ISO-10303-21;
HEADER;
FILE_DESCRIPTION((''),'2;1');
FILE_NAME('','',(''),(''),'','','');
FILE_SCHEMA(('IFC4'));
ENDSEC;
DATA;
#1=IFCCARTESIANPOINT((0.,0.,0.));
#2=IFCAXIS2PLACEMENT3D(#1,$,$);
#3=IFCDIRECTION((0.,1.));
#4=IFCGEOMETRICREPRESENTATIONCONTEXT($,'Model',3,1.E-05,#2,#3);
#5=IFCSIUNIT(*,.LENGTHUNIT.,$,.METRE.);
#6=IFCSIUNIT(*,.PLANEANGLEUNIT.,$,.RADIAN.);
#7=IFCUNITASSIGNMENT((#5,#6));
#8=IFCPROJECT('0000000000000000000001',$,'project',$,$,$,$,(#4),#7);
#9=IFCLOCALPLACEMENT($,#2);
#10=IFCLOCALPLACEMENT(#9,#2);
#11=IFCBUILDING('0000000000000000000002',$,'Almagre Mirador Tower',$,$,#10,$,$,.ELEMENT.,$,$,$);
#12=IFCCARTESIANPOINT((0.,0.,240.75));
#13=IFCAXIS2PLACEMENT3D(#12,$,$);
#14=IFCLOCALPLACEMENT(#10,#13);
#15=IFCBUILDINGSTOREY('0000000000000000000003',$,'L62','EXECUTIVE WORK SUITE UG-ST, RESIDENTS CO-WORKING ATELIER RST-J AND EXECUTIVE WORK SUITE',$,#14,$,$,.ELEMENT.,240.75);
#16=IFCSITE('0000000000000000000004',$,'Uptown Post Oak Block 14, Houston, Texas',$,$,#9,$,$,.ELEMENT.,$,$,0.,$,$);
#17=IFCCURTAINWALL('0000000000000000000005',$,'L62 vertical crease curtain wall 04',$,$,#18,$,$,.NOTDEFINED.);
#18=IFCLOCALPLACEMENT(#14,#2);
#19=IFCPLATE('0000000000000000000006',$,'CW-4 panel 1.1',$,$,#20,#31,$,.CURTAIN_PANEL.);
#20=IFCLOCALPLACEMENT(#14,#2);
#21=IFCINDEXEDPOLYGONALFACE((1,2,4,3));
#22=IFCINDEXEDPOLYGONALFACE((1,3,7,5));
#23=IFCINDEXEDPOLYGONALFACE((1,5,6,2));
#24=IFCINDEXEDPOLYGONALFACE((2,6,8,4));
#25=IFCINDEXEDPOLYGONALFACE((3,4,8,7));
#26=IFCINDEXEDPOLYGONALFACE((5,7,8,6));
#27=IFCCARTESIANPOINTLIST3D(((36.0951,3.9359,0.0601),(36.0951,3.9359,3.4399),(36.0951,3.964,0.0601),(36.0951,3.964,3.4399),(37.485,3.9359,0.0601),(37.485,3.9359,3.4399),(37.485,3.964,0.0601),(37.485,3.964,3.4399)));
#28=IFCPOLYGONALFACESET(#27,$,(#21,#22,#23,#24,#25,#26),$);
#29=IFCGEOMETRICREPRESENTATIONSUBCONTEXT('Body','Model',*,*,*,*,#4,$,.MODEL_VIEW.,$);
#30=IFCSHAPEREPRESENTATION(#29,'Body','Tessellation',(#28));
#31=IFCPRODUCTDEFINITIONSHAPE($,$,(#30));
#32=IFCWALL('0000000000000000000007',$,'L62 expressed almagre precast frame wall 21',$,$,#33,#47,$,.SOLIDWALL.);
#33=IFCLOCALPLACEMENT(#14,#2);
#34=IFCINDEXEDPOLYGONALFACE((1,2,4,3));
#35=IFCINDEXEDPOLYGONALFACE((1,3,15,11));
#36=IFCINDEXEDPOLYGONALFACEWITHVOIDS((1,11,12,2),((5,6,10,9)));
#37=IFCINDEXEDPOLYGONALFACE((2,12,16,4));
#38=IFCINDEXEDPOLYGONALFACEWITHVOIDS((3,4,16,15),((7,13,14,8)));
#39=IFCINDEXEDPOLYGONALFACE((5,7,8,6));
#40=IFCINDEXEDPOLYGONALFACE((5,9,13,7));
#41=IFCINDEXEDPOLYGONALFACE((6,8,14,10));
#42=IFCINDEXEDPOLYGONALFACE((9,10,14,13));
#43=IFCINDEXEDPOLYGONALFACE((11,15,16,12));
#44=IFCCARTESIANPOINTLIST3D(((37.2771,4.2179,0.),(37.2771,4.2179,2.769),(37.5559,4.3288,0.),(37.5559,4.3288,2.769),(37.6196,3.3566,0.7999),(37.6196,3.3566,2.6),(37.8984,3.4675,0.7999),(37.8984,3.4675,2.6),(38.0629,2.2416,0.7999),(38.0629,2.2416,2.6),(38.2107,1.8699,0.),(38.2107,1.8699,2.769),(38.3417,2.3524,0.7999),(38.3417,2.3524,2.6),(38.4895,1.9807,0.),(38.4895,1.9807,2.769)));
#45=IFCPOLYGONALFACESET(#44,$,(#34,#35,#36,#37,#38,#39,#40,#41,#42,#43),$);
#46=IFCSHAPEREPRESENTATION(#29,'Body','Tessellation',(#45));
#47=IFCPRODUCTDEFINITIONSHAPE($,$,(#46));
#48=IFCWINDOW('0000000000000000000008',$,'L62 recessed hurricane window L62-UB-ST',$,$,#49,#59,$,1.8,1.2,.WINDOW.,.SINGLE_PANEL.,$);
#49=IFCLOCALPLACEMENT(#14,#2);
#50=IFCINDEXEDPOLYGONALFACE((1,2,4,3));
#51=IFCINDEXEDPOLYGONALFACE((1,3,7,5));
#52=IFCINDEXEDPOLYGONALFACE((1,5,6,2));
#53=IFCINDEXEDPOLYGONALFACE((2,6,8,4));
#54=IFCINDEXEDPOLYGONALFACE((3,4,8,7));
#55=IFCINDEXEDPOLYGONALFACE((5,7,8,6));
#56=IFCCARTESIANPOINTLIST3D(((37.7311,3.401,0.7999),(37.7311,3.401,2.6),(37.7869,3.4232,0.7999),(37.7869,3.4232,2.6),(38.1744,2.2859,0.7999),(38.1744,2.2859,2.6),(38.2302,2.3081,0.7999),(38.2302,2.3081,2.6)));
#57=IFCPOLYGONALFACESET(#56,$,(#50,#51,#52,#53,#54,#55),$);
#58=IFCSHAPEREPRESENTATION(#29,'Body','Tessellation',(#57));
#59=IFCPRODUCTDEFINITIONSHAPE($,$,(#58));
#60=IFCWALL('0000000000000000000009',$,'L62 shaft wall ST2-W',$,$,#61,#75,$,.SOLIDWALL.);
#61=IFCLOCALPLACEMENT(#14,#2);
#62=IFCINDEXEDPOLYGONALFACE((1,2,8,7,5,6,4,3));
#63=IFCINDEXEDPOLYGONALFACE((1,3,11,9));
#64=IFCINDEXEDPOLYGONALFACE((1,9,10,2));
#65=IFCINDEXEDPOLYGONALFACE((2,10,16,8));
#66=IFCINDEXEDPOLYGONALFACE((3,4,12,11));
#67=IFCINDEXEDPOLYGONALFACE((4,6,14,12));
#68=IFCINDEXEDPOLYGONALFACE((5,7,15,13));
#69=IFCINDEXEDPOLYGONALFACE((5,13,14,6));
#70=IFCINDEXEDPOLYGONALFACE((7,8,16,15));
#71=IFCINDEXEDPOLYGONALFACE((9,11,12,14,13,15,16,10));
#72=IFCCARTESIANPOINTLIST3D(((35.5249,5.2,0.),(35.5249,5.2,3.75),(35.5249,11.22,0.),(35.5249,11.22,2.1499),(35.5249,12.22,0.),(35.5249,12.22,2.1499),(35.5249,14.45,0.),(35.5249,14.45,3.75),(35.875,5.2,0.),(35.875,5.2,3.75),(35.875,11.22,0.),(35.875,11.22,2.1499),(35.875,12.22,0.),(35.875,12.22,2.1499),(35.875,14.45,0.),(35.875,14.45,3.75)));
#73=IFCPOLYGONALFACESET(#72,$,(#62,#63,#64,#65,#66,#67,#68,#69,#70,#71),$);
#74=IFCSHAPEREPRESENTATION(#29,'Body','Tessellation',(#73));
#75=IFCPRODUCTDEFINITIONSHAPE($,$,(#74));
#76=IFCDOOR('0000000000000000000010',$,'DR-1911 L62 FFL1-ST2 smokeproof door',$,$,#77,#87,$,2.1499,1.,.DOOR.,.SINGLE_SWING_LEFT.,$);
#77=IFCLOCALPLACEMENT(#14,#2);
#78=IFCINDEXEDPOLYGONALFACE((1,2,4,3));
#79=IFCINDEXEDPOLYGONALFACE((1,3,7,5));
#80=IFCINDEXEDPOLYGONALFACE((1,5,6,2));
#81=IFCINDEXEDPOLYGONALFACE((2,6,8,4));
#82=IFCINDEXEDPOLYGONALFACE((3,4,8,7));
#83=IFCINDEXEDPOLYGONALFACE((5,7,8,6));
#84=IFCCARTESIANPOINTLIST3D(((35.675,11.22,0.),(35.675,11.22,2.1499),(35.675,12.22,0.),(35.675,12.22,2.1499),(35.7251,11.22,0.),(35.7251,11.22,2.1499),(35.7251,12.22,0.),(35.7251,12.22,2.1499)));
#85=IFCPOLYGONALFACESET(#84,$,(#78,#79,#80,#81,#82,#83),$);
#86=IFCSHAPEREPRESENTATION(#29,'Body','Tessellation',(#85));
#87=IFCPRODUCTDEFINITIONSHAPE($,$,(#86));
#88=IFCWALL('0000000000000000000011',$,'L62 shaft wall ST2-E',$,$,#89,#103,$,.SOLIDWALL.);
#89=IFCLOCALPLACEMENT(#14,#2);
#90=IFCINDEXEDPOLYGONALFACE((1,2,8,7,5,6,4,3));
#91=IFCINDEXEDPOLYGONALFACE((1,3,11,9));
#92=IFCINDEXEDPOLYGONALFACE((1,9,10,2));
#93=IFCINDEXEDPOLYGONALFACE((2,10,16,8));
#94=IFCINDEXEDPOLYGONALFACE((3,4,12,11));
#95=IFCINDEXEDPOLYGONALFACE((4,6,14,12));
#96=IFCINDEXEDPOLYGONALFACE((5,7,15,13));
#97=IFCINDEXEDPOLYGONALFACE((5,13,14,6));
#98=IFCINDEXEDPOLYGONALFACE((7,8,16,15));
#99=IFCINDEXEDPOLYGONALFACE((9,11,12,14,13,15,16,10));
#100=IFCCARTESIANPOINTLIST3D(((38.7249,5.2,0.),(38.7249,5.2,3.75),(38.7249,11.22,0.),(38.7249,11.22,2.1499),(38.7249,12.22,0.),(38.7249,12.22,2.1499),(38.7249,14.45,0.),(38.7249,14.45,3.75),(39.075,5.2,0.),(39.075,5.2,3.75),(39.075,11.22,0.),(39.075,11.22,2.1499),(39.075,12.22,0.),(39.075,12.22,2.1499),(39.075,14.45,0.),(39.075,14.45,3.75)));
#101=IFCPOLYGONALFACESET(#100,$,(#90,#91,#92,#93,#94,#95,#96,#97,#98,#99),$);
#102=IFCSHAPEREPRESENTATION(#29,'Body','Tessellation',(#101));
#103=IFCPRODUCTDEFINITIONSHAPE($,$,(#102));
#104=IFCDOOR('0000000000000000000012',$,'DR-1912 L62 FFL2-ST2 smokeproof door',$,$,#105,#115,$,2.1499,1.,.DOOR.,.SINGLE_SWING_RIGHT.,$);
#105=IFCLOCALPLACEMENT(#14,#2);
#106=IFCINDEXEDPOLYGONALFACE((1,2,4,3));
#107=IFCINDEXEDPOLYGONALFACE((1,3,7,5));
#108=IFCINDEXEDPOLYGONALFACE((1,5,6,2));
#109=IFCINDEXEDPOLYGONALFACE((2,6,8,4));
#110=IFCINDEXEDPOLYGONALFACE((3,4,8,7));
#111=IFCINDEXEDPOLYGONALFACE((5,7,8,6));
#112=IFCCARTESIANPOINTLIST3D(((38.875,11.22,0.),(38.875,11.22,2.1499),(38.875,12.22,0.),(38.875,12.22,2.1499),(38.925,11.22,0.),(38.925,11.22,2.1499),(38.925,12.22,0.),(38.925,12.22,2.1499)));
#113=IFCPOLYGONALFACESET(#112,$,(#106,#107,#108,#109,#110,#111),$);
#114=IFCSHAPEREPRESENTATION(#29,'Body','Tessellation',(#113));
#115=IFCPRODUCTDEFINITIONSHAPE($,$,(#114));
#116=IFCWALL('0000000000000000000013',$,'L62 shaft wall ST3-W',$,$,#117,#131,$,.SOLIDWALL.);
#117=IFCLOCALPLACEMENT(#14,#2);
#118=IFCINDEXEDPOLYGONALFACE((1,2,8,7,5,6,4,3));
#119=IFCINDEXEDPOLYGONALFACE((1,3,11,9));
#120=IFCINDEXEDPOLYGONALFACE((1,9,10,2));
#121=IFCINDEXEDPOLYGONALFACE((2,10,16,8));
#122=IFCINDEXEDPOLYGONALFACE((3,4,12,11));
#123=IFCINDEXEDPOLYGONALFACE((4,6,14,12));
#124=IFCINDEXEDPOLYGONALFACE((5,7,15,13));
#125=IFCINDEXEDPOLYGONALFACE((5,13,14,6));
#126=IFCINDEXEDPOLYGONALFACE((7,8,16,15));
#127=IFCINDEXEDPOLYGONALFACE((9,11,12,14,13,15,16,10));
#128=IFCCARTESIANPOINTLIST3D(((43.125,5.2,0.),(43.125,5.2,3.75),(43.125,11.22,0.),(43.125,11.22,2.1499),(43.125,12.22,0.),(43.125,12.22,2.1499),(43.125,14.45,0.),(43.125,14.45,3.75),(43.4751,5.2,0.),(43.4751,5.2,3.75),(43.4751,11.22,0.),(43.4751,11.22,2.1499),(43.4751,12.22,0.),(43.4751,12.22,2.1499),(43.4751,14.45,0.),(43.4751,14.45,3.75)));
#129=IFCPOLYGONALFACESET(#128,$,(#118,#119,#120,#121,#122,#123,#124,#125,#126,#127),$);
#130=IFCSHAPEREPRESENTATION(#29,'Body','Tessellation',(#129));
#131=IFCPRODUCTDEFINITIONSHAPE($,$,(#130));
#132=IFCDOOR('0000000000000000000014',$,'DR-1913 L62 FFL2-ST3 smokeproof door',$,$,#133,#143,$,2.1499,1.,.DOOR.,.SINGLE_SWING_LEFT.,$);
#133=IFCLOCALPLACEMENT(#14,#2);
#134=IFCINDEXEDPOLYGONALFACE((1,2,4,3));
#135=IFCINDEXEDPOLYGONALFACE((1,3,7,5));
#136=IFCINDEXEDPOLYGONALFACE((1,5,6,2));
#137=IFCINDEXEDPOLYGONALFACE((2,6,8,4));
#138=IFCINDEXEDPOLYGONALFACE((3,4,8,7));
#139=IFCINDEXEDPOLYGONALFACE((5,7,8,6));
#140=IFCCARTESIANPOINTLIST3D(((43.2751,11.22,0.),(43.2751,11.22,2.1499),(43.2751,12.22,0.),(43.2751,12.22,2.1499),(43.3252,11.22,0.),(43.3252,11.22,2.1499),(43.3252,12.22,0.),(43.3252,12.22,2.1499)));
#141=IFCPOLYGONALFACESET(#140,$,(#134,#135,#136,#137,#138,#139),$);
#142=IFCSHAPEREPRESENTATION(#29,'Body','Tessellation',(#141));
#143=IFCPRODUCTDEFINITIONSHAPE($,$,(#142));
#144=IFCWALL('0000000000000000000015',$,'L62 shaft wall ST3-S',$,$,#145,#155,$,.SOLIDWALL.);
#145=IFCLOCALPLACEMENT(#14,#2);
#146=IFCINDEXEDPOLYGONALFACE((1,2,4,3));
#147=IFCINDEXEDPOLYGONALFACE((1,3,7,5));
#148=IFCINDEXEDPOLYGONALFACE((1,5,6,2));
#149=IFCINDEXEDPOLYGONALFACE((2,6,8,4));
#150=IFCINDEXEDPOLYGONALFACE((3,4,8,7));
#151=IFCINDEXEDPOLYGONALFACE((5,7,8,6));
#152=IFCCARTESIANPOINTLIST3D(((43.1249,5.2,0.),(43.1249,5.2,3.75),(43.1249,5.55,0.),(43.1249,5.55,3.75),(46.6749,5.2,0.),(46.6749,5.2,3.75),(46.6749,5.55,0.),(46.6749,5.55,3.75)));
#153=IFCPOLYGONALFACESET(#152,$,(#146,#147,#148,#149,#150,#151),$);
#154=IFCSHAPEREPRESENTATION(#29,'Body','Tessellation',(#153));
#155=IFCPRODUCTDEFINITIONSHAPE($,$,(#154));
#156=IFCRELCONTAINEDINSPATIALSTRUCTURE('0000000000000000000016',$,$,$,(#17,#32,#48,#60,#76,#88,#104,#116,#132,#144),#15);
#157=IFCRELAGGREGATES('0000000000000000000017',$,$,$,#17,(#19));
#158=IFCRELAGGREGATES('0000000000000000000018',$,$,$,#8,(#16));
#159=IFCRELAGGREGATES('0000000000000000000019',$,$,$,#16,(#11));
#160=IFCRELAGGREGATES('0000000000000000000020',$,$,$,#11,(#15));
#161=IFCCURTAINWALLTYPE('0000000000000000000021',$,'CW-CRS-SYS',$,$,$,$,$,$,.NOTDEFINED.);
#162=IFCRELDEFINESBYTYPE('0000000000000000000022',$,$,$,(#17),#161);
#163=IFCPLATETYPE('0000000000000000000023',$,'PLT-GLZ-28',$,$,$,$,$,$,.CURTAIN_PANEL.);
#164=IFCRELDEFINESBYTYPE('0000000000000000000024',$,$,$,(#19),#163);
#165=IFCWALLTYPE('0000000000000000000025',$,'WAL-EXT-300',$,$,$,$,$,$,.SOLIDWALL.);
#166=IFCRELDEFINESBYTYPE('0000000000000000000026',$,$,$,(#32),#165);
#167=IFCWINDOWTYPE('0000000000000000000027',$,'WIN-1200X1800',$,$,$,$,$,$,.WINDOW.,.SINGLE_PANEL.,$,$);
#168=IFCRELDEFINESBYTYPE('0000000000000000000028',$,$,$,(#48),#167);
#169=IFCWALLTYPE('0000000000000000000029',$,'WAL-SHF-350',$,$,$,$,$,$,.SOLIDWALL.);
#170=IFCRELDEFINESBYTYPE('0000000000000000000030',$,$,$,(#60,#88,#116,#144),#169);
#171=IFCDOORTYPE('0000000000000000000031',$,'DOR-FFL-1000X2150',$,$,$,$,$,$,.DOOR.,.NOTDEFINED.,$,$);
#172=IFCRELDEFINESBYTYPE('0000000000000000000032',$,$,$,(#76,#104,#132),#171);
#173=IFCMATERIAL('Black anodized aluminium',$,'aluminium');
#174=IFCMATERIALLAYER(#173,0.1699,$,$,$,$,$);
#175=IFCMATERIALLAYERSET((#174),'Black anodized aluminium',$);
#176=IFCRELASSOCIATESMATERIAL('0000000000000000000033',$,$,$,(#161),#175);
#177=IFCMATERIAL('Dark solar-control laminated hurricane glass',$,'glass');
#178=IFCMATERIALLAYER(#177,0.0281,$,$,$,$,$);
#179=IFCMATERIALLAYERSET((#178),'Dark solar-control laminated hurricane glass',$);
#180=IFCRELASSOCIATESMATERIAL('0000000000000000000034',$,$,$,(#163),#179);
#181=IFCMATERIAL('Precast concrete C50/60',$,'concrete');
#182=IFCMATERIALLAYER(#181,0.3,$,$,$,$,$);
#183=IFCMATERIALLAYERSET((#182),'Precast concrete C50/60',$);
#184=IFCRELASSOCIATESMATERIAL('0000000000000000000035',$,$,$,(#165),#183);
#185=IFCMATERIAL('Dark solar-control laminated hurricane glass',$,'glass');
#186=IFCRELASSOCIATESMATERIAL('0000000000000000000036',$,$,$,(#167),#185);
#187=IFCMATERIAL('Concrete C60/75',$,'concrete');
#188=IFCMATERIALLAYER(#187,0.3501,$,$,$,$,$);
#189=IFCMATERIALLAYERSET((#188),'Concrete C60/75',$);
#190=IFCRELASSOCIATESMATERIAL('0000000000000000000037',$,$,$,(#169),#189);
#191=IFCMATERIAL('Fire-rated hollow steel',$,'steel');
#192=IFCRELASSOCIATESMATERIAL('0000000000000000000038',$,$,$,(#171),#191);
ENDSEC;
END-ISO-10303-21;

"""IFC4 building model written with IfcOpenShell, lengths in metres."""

from ifc_helpers import new_model, si_unit, direction, frame, frame_2d, origin, origin_2d, place, context, subcontext, project, spatial, rectangle, extrude, material, layer, layer_set, type_object, element, fill, aggregate, save


model = new_model("IFC4")

# Units and contexts
model_context = context("Model", 3, precision=1e-05, world=origin(), true_north=direction((0.0, 1.0)))
body_context = subcontext(model_context, "Body", "Model", "MODEL_VIEW")
ifc_project = project(units=[si_unit("LENGTHUNIT", "METRE"), si_unit("PLANEANGLEUNIT", "RADIAN")], contexts=[model_context])

# Site, building, storey
site_placement = place(None, origin())
site = spatial("IfcSite", under=ifc_project, at=site_placement, Name="Uptown Post Oak Block 14, Houston, Texas", CompositionType="ELEMENT", RefElevation=0.0)
building_placement = place(site_placement, origin())
building = spatial("IfcBuilding", under=site, at=building_placement, Name="Almagre Mirador Tower", CompositionType="ELEMENT")
storey_placement = place(building_placement, frame((0.0, 0.0, 240.75)))
storey = spatial("IfcBuildingStorey", under=building, at=storey_placement, Name="L62", Description="EXECUTIVE WORK SUITE UG-ST, RESIDENTS CO-WORKING ATELIER RST-J AND EXECUTIVE WORK SUITE", CompositionType="ELEMENT", Elevation=240.75)

# Curtain wall, plate
ifc_material_1 = material(Name="Black anodized aluminium", Category="aluminium")
ifc_layer_1 = layer(ifc_material_1, 0.1699)
ifc_layer_set_1 = layer_set([ifc_layer_1], Name="Black anodized aluminium")
curtain_wall_type = type_object("IfcCurtainWallType", Name="CW-CRS-SYS", PredefinedType="NOTDEFINED", material=ifc_layer_set_1)
curtain_wall_placement = place(storey_placement, origin())
curtain_wall = element("IfcCurtainWall", 1, at=curtain_wall_placement, inside=storey, type_object=curtain_wall_type, Name="L62 vertical crease curtain wall 04", PredefinedType="NOTDEFINED")
ifc_material_2 = material(Name="Dark solar-control laminated hurricane glass", Category="glass")
ifc_layer_2 = layer(ifc_material_2, 0.0281)
ifc_layer_set_2 = layer_set([ifc_layer_2], Name="Dark solar-control laminated hurricane glass")
plate_type = type_object("IfcPlateType", Name="PLT-GLZ-28", PredefinedType="CURTAIN_PANEL", material=ifc_layer_set_2)
plate_placement = place(storey_placement, frame((36.79, 3.95, 0.0601), z_axis=(0.0, 0.0, 1.0), x_axis=(-1.0, 0.0, 0.0)))
plate = element("IfcPlate", 2, at=plate_placement, type_object=plate_type, Name="CW-4 panel 1.1", PredefinedType="CURTAIN_PANEL", context=body_context, shape_type="SweptSolid", body=[
    extrude(rectangle(XDim=1.3899, YDim=0.0281, at=origin_2d()), origin(), (0.0, 0.0, 1.0), 3.3799),
])
aggregate(curtain_wall, [plate])

# Wall, opening, window
ifc_material_3 = material(Name="Precast concrete C50/60", Category="concrete")
ifc_layer_3 = layer(ifc_material_3, 0.3)
ifc_layer_set_3 = layer_set([ifc_layer_3], Name="Precast concrete C50/60")
wall_type_1 = type_object("IfcWallType", Name="WAL-EXT-300", PredefinedType="SOLIDWALL", material=ifc_layer_set_3)
wall_1_placement = place(storey_placement, frame((38.3501, 1.9253, 0.0), z_axis=(0.0, 0.0, 1.0), x_axis=(-0.369458, 0.929248, 0.0)))
wall_1 = element("IfcWall", 3, at=wall_1_placement, inside=storey, type_object=wall_type_1, Name="L62 expressed almagre precast frame wall 21", PredefinedType="SOLIDWALL", context=body_context, shape_type="SweptSolid", body=[
    extrude(rectangle(XDim=2.5269, YDim=0.3, at=frame_2d((1.2634, 0.0))), origin(), (0.0, 0.0, 1.0), 2.769),
])
opening_1_placement = place(wall_1_placement, frame((0.3999, 0.0, 0.8)))
opening_1 = element("IfcOpeningElement", 4, at=opening_1_placement, cuts=wall_1, PredefinedType="OPENING", context=body_context, shape_type="SweptSolid", body=[
    extrude(rectangle(XDim=1.2, YDim=1.8, at=frame_2d((0.6001, 0.8999))), frame((0.0, 0.1599, 0.0), z_axis=(0.0, -1.0, 0.0), x_axis=(1.0, 0.0, 0.0)), (0.0, 0.0, 1.0), 0.32),
])
ifc_material_4 = material(Name="Dark solar-control laminated hurricane glass", Category="glass")
window_type = type_object("IfcWindowType", Name="WIN-1200X1800", PartitioningType="SINGLE_PANEL", PredefinedType="WINDOW", material=ifc_material_4)
window_placement = place(opening_1_placement, origin())
window = element("IfcWindow", 5, at=window_placement, inside=storey, type_object=window_type, Name="L62 recessed hurricane window L62-UB-ST", OverallHeight=1.8, OverallWidth=1.2, PartitioningType="SINGLE_PANEL", PredefinedType="WINDOW", context=body_context, shape_type="SweptSolid", body=[
    extrude(rectangle(XDim=1.2, YDim=1.8, at=frame_2d((0.6001, 0.8999))), frame((0.0, 0.03, 0.0), z_axis=(0.0, -1.0, 0.0), x_axis=(1.0, 0.0, 0.0)), (0.0, 0.0, 1.0), 0.0601),
])
fill(opening_1, window)

# Walls, openings, doors
ifc_material_5 = material(Name="Concrete C60/75", Category="concrete")
ifc_layer_4 = layer(ifc_material_5, 0.3501)
ifc_layer_set_4 = layer_set([ifc_layer_4], Name="Concrete C60/75")
wall_type_2 = type_object("IfcWallType", Name="WAL-SHF-350", PredefinedType="SOLIDWALL", material=ifc_layer_set_4)
wall_2_placement = place(storey_placement, frame((35.7, 5.2, 0.0), z_axis=(0.0, 0.0, 1.0), x_axis=(0.0, 1.0, 0.0)))
wall_2 = element("IfcWall", 6, at=wall_2_placement, inside=storey, type_object=wall_type_2, Name="L62 shaft wall ST2-W", PredefinedType="SOLIDWALL", context=body_context, shape_type="SweptSolid", body=[
    extrude(rectangle(XDim=9.25, YDim=0.3501, at=frame_2d((4.625, 0.0))), origin(), (0.0, 0.0, 1.0), 3.75),
])
opening_2_placement = place(wall_2_placement, frame((6.02, 0.0, 0.0)))
opening_2 = element("IfcOpeningElement", 7, at=opening_2_placement, cuts=wall_2, PredefinedType="OPENING", context=body_context, shape_type="SweptSolid", body=[
    extrude(rectangle(XDim=1.0, YDim=2.1499, at=frame_2d((0.5, 1.075))), frame((0.0, 0.185, 0.0), z_axis=(0.0, -1.0, 0.0), x_axis=(1.0, 0.0, 0.0)), (0.0, 0.0, 1.0), 0.3701),
])
ifc_material_6 = material(Name="Fire-rated hollow steel", Category="steel")
door_type_1 = type_object("IfcDoorType", Name="DOR-FFL-1000X2150", OperationType="NOTDEFINED", PredefinedType="DOOR", material=ifc_material_6)
door_1_placement = place(opening_2_placement, origin())
door_1 = element("IfcDoor", 8, at=door_1_placement, inside=storey, type_object=door_type_1, Name="DR-1911 L62 FFL1-ST2 smokeproof door", OperationType="SINGLE_SWING_LEFT", OverallHeight=2.1499, OverallWidth=1.0, PredefinedType="DOOR", context=body_context, shape_type="SweptSolid", body=[
    extrude(rectangle(XDim=1.0, YDim=2.1499, at=frame_2d((0.5, 1.075))), frame((0.0, 0.0249, 0.0), z_axis=(0.0, -1.0, 0.0), x_axis=(1.0, 0.0, 0.0)), (0.0, 0.0, 1.0), 0.05),
])
fill(opening_2, door_1)
wall_3_placement = place(storey_placement, frame((38.8999, 5.2, 0.0), z_axis=(0.0, 0.0, 1.0), x_axis=(0.0, 1.0, 0.0)))
wall_3 = element("IfcWall", 9, at=wall_3_placement, inside=storey, type_object=wall_type_2, Name="L62 shaft wall ST2-E", PredefinedType="SOLIDWALL", context=body_context, shape_type="SweptSolid", body=[
    extrude(rectangle(XDim=9.25, YDim=0.3501, at=frame_2d((4.625, 0.0))), origin(), (0.0, 0.0, 1.0), 3.75),
])
opening_3_placement = place(wall_3_placement, frame((6.02, 0.0, 0.0)))
opening_3 = element("IfcOpeningElement", 10, at=opening_3_placement, cuts=wall_3, PredefinedType="OPENING", context=body_context, shape_type="SweptSolid", body=[
    extrude(rectangle(XDim=1.0, YDim=2.1499, at=frame_2d((0.5, 1.075))), frame((0.0, 0.185, 0.0), z_axis=(0.0, -1.0, 0.0), x_axis=(1.0, 0.0, 0.0)), (0.0, 0.0, 1.0), 0.3701),
])
door_2_placement = place(opening_3_placement, origin())
door_2 = element("IfcDoor", 11, at=door_2_placement, inside=storey, type_object=door_type_1, Name="DR-1912 L62 FFL2-ST2 smokeproof door", OperationType="SINGLE_SWING_RIGHT", OverallHeight=2.1499, OverallWidth=1.0, PredefinedType="DOOR", context=body_context, shape_type="SweptSolid", body=[
    extrude(rectangle(XDim=1.0, YDim=2.1499, at=frame_2d((0.5, 1.075))), frame((0.0, 0.0249, 0.0), z_axis=(0.0, -1.0, 0.0), x_axis=(1.0, 0.0, 0.0)), (0.0, 0.0, 1.0), 0.05),
])
fill(opening_3, door_2)
wall_4_placement = place(storey_placement, frame((43.3, 5.2, 0.0), z_axis=(0.0, 0.0, 1.0), x_axis=(0.0, 1.0, 0.0)))
wall_4 = element("IfcWall", 12, at=wall_4_placement, inside=storey, type_object=wall_type_2, Name="L62 shaft wall ST3-W", PredefinedType="SOLIDWALL", context=body_context, shape_type="SweptSolid", body=[
    extrude(rectangle(XDim=9.25, YDim=0.3501, at=frame_2d((4.625, 0.0))), origin(), (0.0, 0.0, 1.0), 3.75),
])
opening_4_placement = place(wall_4_placement, frame((6.02, 0.0, 0.0)))
opening_4 = element("IfcOpeningElement", 13, at=opening_4_placement, cuts=wall_4, PredefinedType="OPENING", context=body_context, shape_type="SweptSolid", body=[
    extrude(rectangle(XDim=1.0, YDim=2.1499, at=frame_2d((0.5, 1.075))), frame((0.0, 0.185, 0.0), z_axis=(0.0, -1.0, 0.0), x_axis=(1.0, 0.0, 0.0)), (0.0, 0.0, 1.0), 0.3701),
])
door_3_placement = place(opening_4_placement, origin())
door_3 = element("IfcDoor", 14, at=door_3_placement, inside=storey, type_object=door_type_1, Name="DR-1913 L62 FFL2-ST3 smokeproof door", OperationType="SINGLE_SWING_LEFT", OverallHeight=2.1499, OverallWidth=1.0, PredefinedType="DOOR", context=body_context, shape_type="SweptSolid", body=[
    extrude(rectangle(XDim=1.0, YDim=2.1499, at=frame_2d((0.5, 1.075))), frame((0.0, 0.0249, 0.0), z_axis=(0.0, -1.0, 0.0), x_axis=(1.0, 0.0, 0.0)), (0.0, 0.0, 1.0), 0.05),
])
fill(opening_4, door_3)

# Wall
wall_5_placement = place(storey_placement, frame((43.125, 5.375, 0.0), z_axis=(0.0, 0.0, 1.0), x_axis=(1.0, 0.0, 0.0)))
element("IfcWall", 15, at=wall_5_placement, inside=storey, type_object=wall_type_2, Name="L62 shaft wall ST3-S", PredefinedType="SOLIDWALL", context=body_context, shape_type="SweptSolid", body=[
    extrude(rectangle(XDim=3.55, YDim=0.3501, at=frame_2d((1.7749, 0.0))), origin(), (0.0, 0.0, 1.0), 3.75),
])

save(model, "model.ifc")
